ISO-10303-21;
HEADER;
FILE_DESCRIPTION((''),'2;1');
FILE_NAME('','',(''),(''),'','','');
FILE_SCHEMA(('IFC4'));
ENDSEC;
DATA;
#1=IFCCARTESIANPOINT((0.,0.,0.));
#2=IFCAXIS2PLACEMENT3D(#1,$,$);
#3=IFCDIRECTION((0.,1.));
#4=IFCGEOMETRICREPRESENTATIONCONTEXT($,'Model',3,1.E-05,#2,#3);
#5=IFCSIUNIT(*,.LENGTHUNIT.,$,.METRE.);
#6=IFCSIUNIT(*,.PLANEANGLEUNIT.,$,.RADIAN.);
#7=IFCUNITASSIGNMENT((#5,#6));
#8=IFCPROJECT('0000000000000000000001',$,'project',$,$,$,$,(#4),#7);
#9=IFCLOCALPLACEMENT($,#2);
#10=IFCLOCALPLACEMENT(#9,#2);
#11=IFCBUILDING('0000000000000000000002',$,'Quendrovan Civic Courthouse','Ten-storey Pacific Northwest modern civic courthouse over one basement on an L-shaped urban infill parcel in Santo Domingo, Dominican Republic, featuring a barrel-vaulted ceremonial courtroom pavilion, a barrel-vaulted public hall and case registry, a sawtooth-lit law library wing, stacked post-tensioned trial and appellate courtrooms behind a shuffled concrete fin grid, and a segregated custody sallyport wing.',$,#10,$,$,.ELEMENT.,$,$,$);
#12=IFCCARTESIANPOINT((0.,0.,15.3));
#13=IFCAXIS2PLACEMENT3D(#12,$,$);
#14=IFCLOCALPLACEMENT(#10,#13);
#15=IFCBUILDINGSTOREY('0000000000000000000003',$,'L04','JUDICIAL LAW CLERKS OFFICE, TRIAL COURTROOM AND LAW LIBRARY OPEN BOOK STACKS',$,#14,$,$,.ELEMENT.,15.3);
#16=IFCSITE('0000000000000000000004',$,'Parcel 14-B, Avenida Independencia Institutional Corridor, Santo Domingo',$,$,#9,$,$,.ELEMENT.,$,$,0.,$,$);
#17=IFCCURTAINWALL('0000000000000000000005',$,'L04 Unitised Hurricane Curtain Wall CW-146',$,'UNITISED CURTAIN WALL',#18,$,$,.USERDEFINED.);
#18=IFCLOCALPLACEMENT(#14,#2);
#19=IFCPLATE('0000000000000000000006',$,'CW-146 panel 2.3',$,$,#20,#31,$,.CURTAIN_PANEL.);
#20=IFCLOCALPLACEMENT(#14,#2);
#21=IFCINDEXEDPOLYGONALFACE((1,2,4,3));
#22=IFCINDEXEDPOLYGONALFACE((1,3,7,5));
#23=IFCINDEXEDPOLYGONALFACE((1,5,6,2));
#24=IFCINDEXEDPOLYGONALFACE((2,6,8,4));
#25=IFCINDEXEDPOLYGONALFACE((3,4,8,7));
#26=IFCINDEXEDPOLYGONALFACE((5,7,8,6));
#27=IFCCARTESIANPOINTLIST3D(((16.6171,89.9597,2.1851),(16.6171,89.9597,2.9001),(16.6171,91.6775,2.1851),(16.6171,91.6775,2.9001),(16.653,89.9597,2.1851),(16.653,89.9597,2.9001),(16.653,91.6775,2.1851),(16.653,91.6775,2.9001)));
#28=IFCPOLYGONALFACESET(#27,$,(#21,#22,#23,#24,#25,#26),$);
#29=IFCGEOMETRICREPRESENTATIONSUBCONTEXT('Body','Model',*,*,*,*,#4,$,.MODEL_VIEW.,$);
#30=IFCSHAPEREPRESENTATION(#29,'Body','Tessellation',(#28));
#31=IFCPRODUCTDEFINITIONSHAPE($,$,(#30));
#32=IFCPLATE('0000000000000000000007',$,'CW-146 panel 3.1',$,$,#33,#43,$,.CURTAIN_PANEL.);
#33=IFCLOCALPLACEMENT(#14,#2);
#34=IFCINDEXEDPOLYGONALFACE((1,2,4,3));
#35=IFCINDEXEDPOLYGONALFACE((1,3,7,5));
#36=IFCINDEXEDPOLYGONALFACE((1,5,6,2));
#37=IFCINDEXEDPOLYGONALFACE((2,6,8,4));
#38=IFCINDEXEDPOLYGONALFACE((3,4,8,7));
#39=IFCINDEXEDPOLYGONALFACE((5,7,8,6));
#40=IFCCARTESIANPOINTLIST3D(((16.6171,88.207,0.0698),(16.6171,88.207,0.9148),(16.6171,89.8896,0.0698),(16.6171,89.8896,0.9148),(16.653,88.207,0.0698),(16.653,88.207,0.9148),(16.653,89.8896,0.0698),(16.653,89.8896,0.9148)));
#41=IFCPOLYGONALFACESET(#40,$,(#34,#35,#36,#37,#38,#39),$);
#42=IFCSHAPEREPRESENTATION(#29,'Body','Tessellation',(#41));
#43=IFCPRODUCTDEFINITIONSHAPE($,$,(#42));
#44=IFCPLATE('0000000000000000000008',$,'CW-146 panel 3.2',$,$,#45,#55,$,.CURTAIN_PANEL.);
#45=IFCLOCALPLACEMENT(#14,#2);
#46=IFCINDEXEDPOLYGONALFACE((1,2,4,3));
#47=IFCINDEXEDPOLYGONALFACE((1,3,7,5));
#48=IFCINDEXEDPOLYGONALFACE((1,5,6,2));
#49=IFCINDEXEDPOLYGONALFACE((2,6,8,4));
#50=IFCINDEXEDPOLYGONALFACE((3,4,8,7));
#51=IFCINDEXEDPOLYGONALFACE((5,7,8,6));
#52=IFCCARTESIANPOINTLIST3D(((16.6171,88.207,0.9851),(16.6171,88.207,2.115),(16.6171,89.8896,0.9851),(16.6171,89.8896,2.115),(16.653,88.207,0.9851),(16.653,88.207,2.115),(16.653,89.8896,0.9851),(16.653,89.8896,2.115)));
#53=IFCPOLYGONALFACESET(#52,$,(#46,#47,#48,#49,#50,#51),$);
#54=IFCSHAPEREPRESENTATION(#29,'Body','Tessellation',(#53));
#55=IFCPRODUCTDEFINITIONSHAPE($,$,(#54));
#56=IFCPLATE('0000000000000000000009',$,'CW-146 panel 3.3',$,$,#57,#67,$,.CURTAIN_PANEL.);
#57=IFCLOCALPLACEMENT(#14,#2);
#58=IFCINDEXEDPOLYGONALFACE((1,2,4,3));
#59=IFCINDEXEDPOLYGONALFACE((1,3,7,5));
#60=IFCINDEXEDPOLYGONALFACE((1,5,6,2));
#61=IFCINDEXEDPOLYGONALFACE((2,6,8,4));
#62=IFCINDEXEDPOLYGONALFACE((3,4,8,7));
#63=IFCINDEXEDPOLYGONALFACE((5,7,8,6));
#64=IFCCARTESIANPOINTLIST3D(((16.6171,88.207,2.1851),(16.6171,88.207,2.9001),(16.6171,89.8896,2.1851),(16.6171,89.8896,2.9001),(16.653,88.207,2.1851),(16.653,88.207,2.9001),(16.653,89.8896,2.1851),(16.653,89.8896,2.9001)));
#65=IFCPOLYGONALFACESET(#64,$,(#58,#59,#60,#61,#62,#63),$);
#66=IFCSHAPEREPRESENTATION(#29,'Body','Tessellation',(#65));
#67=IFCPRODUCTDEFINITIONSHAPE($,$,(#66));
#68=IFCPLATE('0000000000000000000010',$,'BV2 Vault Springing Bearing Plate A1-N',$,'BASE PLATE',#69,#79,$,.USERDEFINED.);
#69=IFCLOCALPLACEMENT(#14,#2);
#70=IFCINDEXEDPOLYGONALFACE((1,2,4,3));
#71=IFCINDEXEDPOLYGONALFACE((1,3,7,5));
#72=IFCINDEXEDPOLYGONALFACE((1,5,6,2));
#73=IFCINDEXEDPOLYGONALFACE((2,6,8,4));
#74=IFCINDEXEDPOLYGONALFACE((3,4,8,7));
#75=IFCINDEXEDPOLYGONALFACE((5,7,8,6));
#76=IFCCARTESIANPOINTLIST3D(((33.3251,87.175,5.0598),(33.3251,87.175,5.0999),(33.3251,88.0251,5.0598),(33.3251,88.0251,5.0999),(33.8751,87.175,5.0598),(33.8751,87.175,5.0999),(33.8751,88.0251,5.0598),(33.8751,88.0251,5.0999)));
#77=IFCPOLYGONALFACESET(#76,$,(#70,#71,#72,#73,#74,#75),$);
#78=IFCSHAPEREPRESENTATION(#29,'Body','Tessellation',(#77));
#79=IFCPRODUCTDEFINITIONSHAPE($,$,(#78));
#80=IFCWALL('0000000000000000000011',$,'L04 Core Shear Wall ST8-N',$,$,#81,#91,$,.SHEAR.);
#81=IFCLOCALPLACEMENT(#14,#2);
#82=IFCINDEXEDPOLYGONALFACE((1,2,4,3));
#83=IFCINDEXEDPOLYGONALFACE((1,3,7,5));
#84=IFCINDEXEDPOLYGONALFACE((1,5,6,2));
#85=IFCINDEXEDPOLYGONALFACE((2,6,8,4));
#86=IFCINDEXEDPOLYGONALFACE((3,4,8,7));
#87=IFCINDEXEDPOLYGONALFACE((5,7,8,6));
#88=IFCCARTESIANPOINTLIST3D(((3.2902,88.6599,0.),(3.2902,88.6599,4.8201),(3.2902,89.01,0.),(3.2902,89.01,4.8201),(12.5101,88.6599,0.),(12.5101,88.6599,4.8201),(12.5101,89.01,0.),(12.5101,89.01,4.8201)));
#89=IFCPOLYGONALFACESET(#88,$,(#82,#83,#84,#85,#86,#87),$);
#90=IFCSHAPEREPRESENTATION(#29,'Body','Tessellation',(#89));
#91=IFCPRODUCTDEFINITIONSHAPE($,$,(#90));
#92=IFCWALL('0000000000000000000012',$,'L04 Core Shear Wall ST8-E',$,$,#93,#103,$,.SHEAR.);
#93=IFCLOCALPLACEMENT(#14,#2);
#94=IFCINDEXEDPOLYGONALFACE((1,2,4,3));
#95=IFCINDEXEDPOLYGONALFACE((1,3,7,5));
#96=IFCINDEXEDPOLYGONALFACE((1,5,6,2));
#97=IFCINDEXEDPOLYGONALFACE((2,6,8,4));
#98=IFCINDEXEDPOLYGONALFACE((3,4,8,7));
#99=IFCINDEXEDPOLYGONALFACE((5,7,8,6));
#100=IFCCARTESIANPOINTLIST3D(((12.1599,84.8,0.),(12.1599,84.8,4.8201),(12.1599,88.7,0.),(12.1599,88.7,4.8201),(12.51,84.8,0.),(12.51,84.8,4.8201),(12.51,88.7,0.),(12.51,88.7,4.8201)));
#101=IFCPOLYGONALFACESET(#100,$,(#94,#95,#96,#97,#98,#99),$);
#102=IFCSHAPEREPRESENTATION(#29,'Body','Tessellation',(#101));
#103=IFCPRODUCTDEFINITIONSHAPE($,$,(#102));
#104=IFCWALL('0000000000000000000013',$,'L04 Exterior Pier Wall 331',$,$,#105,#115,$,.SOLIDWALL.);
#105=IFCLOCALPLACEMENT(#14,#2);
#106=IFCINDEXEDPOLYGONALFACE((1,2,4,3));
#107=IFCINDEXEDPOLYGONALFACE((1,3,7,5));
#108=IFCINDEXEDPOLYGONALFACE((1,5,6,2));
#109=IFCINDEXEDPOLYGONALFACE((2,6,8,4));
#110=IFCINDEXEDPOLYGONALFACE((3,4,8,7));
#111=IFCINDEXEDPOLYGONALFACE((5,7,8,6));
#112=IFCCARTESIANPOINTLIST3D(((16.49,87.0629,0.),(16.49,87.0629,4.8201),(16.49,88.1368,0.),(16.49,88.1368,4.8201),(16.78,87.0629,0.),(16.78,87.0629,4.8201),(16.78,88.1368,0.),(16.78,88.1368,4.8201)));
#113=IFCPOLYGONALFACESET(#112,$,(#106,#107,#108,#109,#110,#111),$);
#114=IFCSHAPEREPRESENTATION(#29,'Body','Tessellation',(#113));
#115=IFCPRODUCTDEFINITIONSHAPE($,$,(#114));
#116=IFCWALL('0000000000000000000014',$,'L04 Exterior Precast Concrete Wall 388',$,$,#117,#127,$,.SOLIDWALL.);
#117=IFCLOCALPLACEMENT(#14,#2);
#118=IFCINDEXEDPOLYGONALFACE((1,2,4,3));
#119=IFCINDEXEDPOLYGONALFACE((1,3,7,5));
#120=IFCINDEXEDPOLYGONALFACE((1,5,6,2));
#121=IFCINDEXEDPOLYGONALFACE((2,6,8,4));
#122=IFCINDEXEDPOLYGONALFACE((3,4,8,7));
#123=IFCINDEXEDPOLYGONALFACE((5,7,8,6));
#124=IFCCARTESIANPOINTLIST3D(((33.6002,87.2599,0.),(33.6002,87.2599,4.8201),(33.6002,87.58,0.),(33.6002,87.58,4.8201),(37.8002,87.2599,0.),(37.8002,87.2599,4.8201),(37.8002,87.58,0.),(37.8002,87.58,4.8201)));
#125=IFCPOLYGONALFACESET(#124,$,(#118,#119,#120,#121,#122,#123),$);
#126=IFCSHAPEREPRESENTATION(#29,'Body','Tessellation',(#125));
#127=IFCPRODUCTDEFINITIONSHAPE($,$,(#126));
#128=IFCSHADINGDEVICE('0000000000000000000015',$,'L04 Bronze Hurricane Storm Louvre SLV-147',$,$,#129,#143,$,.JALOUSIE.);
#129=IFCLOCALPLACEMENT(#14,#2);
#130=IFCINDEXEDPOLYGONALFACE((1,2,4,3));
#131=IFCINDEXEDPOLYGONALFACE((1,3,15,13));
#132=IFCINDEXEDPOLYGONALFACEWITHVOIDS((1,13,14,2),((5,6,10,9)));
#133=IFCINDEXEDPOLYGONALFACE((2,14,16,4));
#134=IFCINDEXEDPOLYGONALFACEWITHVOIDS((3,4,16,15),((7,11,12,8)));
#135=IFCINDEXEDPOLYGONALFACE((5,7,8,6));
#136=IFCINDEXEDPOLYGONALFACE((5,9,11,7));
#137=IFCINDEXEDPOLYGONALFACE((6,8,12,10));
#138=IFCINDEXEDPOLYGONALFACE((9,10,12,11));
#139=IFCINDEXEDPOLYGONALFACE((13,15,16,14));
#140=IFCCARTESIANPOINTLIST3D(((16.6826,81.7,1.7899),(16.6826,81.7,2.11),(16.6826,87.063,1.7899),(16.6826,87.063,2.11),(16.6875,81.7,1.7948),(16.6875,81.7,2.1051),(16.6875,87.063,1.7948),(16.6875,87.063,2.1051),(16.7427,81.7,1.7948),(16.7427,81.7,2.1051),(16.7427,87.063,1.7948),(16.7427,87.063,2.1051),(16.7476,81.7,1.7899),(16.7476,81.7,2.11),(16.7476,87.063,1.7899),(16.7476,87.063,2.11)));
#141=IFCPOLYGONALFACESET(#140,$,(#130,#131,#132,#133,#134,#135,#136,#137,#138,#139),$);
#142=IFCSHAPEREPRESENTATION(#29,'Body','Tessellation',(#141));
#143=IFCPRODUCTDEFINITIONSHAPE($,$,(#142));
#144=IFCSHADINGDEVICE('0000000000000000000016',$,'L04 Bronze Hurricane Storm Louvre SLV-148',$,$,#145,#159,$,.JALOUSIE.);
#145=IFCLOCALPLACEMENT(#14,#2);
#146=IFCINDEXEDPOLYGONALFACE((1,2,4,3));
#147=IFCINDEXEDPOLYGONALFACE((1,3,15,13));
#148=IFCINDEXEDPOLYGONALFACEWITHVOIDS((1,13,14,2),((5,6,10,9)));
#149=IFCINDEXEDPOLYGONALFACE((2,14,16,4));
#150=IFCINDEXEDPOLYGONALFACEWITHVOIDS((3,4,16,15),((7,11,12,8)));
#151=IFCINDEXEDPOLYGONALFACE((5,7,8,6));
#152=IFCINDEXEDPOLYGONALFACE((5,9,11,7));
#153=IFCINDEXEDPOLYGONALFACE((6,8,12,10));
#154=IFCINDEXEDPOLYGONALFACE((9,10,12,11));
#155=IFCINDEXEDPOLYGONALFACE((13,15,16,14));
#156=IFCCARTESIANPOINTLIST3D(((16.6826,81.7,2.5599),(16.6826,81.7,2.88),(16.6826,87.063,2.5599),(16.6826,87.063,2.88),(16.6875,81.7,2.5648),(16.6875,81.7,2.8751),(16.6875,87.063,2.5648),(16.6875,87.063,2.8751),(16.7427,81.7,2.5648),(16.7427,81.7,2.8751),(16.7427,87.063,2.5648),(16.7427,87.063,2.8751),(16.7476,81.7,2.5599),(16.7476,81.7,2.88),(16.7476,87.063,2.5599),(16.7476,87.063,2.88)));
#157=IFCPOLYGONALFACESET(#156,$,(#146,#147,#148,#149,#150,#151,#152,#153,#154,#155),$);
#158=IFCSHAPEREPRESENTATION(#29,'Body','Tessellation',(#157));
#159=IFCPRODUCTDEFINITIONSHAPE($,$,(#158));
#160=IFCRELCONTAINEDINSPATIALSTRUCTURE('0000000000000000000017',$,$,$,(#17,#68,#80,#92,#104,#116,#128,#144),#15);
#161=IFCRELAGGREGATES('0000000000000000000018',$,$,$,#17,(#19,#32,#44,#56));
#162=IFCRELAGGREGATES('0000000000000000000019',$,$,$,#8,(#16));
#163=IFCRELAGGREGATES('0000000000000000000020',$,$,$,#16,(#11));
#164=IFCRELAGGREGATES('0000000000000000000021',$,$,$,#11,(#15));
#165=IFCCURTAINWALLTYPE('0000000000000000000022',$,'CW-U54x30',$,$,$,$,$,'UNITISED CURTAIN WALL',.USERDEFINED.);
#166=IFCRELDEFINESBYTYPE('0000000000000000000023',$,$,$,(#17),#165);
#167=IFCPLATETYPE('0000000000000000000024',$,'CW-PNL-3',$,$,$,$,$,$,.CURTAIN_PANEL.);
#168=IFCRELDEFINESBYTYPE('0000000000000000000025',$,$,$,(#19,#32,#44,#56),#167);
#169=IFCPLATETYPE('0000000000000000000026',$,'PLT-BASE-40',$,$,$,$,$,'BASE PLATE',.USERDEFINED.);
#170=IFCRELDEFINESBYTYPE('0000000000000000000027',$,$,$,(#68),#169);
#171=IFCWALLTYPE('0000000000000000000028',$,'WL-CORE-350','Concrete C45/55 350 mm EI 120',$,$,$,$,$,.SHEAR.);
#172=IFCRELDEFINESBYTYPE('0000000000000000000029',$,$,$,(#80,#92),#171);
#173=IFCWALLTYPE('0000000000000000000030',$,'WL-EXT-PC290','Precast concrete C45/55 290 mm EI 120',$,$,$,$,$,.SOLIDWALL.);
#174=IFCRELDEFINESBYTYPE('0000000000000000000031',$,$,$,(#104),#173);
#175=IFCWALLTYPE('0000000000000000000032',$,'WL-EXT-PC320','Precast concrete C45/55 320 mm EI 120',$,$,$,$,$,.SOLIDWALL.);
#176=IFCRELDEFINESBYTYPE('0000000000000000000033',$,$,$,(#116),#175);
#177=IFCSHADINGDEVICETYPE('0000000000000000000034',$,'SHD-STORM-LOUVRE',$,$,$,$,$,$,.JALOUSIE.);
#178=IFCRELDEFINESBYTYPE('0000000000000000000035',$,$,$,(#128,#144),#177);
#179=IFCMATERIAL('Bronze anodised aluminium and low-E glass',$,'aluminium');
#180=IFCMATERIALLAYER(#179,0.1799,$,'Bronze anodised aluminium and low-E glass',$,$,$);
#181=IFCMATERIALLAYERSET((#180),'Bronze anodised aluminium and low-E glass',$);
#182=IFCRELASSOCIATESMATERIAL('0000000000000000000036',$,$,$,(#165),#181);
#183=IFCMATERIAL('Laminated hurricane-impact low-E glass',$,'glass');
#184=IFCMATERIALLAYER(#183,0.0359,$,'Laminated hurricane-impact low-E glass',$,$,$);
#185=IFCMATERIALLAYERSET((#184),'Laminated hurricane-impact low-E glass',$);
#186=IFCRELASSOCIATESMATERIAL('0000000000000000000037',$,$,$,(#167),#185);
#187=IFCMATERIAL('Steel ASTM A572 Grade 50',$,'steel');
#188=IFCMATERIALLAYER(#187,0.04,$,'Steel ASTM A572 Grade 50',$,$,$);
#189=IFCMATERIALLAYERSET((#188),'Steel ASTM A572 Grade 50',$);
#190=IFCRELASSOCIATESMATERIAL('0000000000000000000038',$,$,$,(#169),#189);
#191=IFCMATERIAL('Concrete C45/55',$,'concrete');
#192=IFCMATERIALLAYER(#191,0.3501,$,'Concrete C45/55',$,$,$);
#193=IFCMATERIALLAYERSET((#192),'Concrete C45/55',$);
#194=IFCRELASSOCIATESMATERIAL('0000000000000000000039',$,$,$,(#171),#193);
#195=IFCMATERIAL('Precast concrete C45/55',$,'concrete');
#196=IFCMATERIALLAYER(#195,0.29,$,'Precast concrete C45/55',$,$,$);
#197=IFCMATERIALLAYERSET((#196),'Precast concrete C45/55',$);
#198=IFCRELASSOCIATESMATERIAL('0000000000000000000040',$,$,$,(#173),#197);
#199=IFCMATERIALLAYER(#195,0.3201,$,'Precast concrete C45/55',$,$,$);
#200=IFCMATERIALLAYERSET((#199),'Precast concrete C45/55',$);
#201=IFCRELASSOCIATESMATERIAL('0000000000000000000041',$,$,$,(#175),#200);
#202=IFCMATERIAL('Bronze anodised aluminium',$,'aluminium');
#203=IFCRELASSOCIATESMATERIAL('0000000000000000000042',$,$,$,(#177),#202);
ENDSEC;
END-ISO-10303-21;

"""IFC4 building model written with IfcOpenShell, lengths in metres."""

from ifc_helpers import new_model, si_unit, direction, frame, frame_2d, origin, origin_2d, place, context, subcontext, project, spatial, rectangle, hollow_rectangle, extrude, material, layer, layer_set, material_profile, profile_set, type_object, element, aggregate, save


model = new_model("IFC4")

# Units and contexts
model_context = context("Model", 3, precision=1e-05, world=origin(), true_north=direction((0.0, 1.0)))
body_context = subcontext(model_context, "Body", "Model", "MODEL_VIEW")
ifc_project = project(units=[si_unit("LENGTHUNIT", "METRE"), si_unit("PLANEANGLEUNIT", "RADIAN")], contexts=[model_context])

# Site, building, storey
site_placement = place(None, origin())
site = spatial("IfcSite", under=ifc_project, at=site_placement, Name="Parcel 14-B, Avenida Independencia Institutional Corridor, Santo Domingo", CompositionType="ELEMENT", RefElevation=0.0)
building_placement = place(site_placement, origin())
building = spatial("IfcBuilding", under=site, at=building_placement, Name="Quendrovan Civic Courthouse", Description="Ten-storey Pacific Northwest modern civic courthouse over one basement on an L-shaped urban infill parcel in Santo Domingo, Dominican Republic, featuring a barrel-vaulted ceremonial courtroom pavilion, a barrel-vaulted public hall and case registry, a sawtooth-lit law library wing, stacked post-tensioned trial and appellate courtrooms behind a shuffled concrete fin grid, and a segregated custody sallyport wing.", CompositionType="ELEMENT")
storey_placement = place(building_placement, frame((0.0, 0.0, 15.3)))
storey = spatial("IfcBuildingStorey", under=building, at=storey_placement, Name="L04", Description="JUDICIAL LAW CLERKS OFFICE, TRIAL COURTROOM AND LAW LIBRARY OPEN BOOK STACKS", CompositionType="ELEMENT", Elevation=15.3)

# Shared definitions
ifc_material_1 = material(Name="Concrete C45/55", Category="concrete")

# Curtain wall
ifc_material_2 = material(Name="Bronze anodised aluminium and low-E glass", Category="aluminium")
ifc_layer_1 = layer(ifc_material_2, 0.1799, Name="Bronze anodised aluminium and low-E glass")
ifc_layer_set_1 = layer_set([ifc_layer_1], Name="Bronze anodised aluminium and low-E glass")
curtain_wall_type = type_object("IfcCurtainWallType", Name="CW-U54x30", ElementType="UNITISED CURTAIN WALL", PredefinedType="USERDEFINED", material=ifc_layer_set_1)
curtain_wall_1_placement = place(storey_placement, origin())
curtain_wall_1 = element("IfcCurtainWall", 1, at=curtain_wall_1_placement, inside=storey, type_object=curtain_wall_type, Name="L04 Unitised Hurricane Curtain Wall CW-146", ObjectType="UNITISED CURTAIN WALL", PredefinedType="USERDEFINED")
ifc_material_3 = material(Name="Bronze anodised aluminium", Category="aluminium")

# Plates
ifc_material_4 = material(Name="Laminated hurricane-impact low-E glass", Category="glass")
ifc_layer_2 = layer(ifc_material_4, 0.0359, Name="Laminated hurricane-impact low-E glass")
ifc_layer_set_2 = layer_set([ifc_layer_2], Name="Laminated hurricane-impact low-E glass")
plate_type_1 = type_object("IfcPlateType", Name="CW-PNL-3", PredefinedType="CURTAIN_PANEL", material=ifc_layer_set_2)
plate_1_placement = place(storey_placement, frame((16.635, 90.8186, 2.1851), z_axis=(0.0, 0.0, 1.0), x_axis=(0.0, -1.0, 0.0)))
plate_1 = element("IfcPlate", 2, at=plate_1_placement, type_object=plate_type_1, Name="CW-146 panel 2.3", PredefinedType="CURTAIN_PANEL", context=body_context, shape_type="SweptSolid", body=[
    extrude(rectangle(XDim=1.7178, YDim=0.0359, at=origin_2d()), origin(), (0.0, 0.0, 1.0), 0.7151),
])
plate_2_placement = place(storey_placement, frame((16.635, 89.0483, 0.0698), z_axis=(0.0, 0.0, 1.0), x_axis=(0.0, -1.0, 0.0)))
plate_2 = element("IfcPlate", 3, at=plate_2_placement, type_object=plate_type_1, Name="CW-146 panel 3.1", PredefinedType="CURTAIN_PANEL", context=body_context, shape_type="SweptSolid", body=[
    extrude(rectangle(XDim=1.6826, YDim=0.0359, at=origin_2d()), origin(), (0.0, 0.0, 1.0), 0.845),
])
plate_3_placement = place(storey_placement, frame((16.635, 89.0483, 0.9851), z_axis=(0.0, 0.0, 1.0), x_axis=(0.0, -1.0, 0.0)))
plate_3 = element("IfcPlate", 4, at=plate_3_placement, type_object=plate_type_1, Name="CW-146 panel 3.2", PredefinedType="CURTAIN_PANEL", context=body_context, shape_type="SweptSolid", body=[
    extrude(rectangle(XDim=1.6826, YDim=0.0359, at=origin_2d()), origin(), (0.0, 0.0, 1.0), 1.1299),
])
plate_4_placement = place(storey_placement, frame((16.635, 89.0483, 2.1851), z_axis=(0.0, 0.0, 1.0), x_axis=(0.0, -1.0, 0.0)))
plate_4 = element("IfcPlate", 5, at=plate_4_placement, type_object=plate_type_1, Name="CW-146 panel 3.3", PredefinedType="CURTAIN_PANEL", context=body_context, shape_type="SweptSolid", body=[
    extrude(rectangle(XDim=1.6826, YDim=0.0359, at=origin_2d()), origin(), (0.0, 0.0, 1.0), 0.7151),
])
aggregate(curtain_wall_1, [plate_1, plate_2, plate_3, plate_4])
ifc_material_5 = material(Name="Steel ASTM A572 Grade 50", Category="steel")
ifc_layer_3 = layer(ifc_material_5, 0.04, Name="Steel ASTM A572 Grade 50")
ifc_layer_set_3 = layer_set([ifc_layer_3], Name="Steel ASTM A572 Grade 50")
plate_type_2 = type_object("IfcPlateType", Name="PLT-BASE-40", ElementType="BASE PLATE", PredefinedType="USERDEFINED", material=ifc_layer_set_3)
plate_5_placement = place(storey_placement, frame((33.6001, 87.6001, 5.0598), z_axis=(0.0, 0.0, 1.0), x_axis=(1.0, 0.0, 0.0)))
element("IfcPlate", 6, at=plate_5_placement, inside=storey, type_object=plate_type_2, Name="BV2 Vault Springing Bearing Plate A1-N", ObjectType="BASE PLATE", PredefinedType="USERDEFINED", context=body_context, shape_type="SweptSolid", body=[
    extrude(rectangle(XDim=0.55, YDim=0.8501, at=origin_2d()), origin(), (0.0, 0.0, 1.0), 0.04),
])

# Walls
ifc_layer_4 = layer(ifc_material_1, 0.3501, Name="Concrete C45/55")
ifc_layer_set_4 = layer_set([ifc_layer_4], Name="Concrete C45/55")
wall_type_1 = type_object("IfcWallType", Name="WL-CORE-350", Description="Concrete C45/55 350 mm EI 120", PredefinedType="SHEAR", material=ifc_layer_set_4)
wall_1_placement = place(storey_placement, frame((12.51, 88.835, 0.0), z_axis=(0.0, 0.0, 1.0), x_axis=(-1.0, 0.0, 0.0)))
element("IfcWall", 7, at=wall_1_placement, inside=storey, type_object=wall_type_1, Name="L04 Core Shear Wall ST8-N", PredefinedType="SHEAR", context=body_context, shape_type="SweptSolid", body=[
    extrude(rectangle(XDim=9.22, YDim=0.3501, at=frame_2d((4.6099, 0.0))), origin(), (0.0, 0.0, 1.0), 4.8201),
])
wall_2_placement = place(storey_placement, frame((12.335, 88.7, 0.0), z_axis=(0.0, 0.0, 1.0), x_axis=(0.0, -1.0, 0.0)))
element("IfcWall", 8, at=wall_2_placement, inside=storey, type_object=wall_type_1, Name="L04 Core Shear Wall ST8-E", PredefinedType="SHEAR", context=body_context, shape_type="SweptSolid", body=[
    extrude(rectangle(XDim=3.8999, YDim=0.3501, at=frame_2d((1.95, 0.0))), origin(), (0.0, 0.0, 1.0), 4.8201),
])
ifc_material_6 = material(Name="Precast concrete C45/55", Category="concrete")
ifc_layer_5 = layer(ifc_material_6, 0.29, Name="Precast concrete C45/55")
ifc_layer_set_5 = layer_set([ifc_layer_5], Name="Precast concrete C45/55")
wall_type_2 = type_object("IfcWallType", Name="WL-EXT-PC290", Description="Precast concrete C45/55 290 mm EI 120", PredefinedType="SOLIDWALL", material=ifc_layer_set_5)
wall_3_placement = place(storey_placement, frame((16.635, 88.137, 0.0), z_axis=(0.0, 0.0, 1.0), x_axis=(0.0, -1.0, 0.0)))
element("IfcWall", 9, at=wall_3_placement, inside=storey, type_object=wall_type_2, Name="L04 Exterior Pier Wall 331", PredefinedType="SOLIDWALL", context=body_context, shape_type="SweptSolid", body=[
    extrude(rectangle(XDim=1.074, YDim=0.29, at=frame_2d((0.5371, 0.0))), origin(), (0.0, 0.0, 1.0), 4.8201),
])
ifc_layer_6 = layer(ifc_material_6, 0.3201, Name="Precast concrete C45/55")
ifc_layer_set_6 = layer_set([ifc_layer_6], Name="Precast concrete C45/55")
wall_type_3 = type_object("IfcWallType", Name="WL-EXT-PC320", Description="Precast concrete C45/55 320 mm EI 120", PredefinedType="SOLIDWALL", material=ifc_layer_set_6)
wall_4_placement = place(storey_placement, frame((33.6001, 87.4199, 0.0), z_axis=(0.0, 0.0, 1.0), x_axis=(1.0, 0.0, 0.0)))
element("IfcWall", 10, at=wall_4_placement, inside=storey, type_object=wall_type_3, Name="L04 Exterior Precast Concrete Wall 388", PredefinedType="SOLIDWALL", context=body_context, shape_type="SweptSolid", body=[
    extrude(rectangle(XDim=4.2, YDim=0.3201, at=frame_2d((2.1001, 0.0))), origin(), (0.0, 0.0, 1.0), 4.8201),
])

# Shading devices
ifc_material_profile_1 = material_profile(ifc_material_3, hollow_rectangle(XDim=0.0649, YDim=0.3201, WallThickness=0.0049, at=origin_2d()), Name="AL-LOUVRE-65x320")
ifc_profile_set_1 = profile_set([ifc_material_profile_1], Name="Bronze anodised aluminium")
shading_device_type = type_object("IfcShadingDeviceType", Name="SHD-STORM-LOUVRE", PredefinedType="JALOUSIE", material=ifc_profile_set_1)
for number, where, z_axis, x_axis, name in (
    (11, (16.7151, 87.063, 1.95), (0.0, -1.0, 0.0), (1.0, 0.0, 0.0), "L04 Bronze Hurricane Storm Louvre SLV-147"),
    (12, (16.7151, 87.063, 2.72), (0.0, -1.0, 0.0), (1.0, 0.0, 0.0), "L04 Bronze Hurricane Storm Louvre SLV-148"),
):
    element("IfcShadingDevice", number, at=place(storey_placement, frame(where, z_axis=z_axis, x_axis=x_axis)), inside=storey, type_object=shading_device_type, Name=name, PredefinedType="JALOUSIE", context=body_context, shape_type="SweptSolid", body=[
        extrude(hollow_rectangle(XDim=0.0649, YDim=0.3201, WallThickness=0.0049, at=origin_2d()), origin(), (0.0, 0.0, 1.0), 5.363),
    ])

save(model, "model.ifc")
